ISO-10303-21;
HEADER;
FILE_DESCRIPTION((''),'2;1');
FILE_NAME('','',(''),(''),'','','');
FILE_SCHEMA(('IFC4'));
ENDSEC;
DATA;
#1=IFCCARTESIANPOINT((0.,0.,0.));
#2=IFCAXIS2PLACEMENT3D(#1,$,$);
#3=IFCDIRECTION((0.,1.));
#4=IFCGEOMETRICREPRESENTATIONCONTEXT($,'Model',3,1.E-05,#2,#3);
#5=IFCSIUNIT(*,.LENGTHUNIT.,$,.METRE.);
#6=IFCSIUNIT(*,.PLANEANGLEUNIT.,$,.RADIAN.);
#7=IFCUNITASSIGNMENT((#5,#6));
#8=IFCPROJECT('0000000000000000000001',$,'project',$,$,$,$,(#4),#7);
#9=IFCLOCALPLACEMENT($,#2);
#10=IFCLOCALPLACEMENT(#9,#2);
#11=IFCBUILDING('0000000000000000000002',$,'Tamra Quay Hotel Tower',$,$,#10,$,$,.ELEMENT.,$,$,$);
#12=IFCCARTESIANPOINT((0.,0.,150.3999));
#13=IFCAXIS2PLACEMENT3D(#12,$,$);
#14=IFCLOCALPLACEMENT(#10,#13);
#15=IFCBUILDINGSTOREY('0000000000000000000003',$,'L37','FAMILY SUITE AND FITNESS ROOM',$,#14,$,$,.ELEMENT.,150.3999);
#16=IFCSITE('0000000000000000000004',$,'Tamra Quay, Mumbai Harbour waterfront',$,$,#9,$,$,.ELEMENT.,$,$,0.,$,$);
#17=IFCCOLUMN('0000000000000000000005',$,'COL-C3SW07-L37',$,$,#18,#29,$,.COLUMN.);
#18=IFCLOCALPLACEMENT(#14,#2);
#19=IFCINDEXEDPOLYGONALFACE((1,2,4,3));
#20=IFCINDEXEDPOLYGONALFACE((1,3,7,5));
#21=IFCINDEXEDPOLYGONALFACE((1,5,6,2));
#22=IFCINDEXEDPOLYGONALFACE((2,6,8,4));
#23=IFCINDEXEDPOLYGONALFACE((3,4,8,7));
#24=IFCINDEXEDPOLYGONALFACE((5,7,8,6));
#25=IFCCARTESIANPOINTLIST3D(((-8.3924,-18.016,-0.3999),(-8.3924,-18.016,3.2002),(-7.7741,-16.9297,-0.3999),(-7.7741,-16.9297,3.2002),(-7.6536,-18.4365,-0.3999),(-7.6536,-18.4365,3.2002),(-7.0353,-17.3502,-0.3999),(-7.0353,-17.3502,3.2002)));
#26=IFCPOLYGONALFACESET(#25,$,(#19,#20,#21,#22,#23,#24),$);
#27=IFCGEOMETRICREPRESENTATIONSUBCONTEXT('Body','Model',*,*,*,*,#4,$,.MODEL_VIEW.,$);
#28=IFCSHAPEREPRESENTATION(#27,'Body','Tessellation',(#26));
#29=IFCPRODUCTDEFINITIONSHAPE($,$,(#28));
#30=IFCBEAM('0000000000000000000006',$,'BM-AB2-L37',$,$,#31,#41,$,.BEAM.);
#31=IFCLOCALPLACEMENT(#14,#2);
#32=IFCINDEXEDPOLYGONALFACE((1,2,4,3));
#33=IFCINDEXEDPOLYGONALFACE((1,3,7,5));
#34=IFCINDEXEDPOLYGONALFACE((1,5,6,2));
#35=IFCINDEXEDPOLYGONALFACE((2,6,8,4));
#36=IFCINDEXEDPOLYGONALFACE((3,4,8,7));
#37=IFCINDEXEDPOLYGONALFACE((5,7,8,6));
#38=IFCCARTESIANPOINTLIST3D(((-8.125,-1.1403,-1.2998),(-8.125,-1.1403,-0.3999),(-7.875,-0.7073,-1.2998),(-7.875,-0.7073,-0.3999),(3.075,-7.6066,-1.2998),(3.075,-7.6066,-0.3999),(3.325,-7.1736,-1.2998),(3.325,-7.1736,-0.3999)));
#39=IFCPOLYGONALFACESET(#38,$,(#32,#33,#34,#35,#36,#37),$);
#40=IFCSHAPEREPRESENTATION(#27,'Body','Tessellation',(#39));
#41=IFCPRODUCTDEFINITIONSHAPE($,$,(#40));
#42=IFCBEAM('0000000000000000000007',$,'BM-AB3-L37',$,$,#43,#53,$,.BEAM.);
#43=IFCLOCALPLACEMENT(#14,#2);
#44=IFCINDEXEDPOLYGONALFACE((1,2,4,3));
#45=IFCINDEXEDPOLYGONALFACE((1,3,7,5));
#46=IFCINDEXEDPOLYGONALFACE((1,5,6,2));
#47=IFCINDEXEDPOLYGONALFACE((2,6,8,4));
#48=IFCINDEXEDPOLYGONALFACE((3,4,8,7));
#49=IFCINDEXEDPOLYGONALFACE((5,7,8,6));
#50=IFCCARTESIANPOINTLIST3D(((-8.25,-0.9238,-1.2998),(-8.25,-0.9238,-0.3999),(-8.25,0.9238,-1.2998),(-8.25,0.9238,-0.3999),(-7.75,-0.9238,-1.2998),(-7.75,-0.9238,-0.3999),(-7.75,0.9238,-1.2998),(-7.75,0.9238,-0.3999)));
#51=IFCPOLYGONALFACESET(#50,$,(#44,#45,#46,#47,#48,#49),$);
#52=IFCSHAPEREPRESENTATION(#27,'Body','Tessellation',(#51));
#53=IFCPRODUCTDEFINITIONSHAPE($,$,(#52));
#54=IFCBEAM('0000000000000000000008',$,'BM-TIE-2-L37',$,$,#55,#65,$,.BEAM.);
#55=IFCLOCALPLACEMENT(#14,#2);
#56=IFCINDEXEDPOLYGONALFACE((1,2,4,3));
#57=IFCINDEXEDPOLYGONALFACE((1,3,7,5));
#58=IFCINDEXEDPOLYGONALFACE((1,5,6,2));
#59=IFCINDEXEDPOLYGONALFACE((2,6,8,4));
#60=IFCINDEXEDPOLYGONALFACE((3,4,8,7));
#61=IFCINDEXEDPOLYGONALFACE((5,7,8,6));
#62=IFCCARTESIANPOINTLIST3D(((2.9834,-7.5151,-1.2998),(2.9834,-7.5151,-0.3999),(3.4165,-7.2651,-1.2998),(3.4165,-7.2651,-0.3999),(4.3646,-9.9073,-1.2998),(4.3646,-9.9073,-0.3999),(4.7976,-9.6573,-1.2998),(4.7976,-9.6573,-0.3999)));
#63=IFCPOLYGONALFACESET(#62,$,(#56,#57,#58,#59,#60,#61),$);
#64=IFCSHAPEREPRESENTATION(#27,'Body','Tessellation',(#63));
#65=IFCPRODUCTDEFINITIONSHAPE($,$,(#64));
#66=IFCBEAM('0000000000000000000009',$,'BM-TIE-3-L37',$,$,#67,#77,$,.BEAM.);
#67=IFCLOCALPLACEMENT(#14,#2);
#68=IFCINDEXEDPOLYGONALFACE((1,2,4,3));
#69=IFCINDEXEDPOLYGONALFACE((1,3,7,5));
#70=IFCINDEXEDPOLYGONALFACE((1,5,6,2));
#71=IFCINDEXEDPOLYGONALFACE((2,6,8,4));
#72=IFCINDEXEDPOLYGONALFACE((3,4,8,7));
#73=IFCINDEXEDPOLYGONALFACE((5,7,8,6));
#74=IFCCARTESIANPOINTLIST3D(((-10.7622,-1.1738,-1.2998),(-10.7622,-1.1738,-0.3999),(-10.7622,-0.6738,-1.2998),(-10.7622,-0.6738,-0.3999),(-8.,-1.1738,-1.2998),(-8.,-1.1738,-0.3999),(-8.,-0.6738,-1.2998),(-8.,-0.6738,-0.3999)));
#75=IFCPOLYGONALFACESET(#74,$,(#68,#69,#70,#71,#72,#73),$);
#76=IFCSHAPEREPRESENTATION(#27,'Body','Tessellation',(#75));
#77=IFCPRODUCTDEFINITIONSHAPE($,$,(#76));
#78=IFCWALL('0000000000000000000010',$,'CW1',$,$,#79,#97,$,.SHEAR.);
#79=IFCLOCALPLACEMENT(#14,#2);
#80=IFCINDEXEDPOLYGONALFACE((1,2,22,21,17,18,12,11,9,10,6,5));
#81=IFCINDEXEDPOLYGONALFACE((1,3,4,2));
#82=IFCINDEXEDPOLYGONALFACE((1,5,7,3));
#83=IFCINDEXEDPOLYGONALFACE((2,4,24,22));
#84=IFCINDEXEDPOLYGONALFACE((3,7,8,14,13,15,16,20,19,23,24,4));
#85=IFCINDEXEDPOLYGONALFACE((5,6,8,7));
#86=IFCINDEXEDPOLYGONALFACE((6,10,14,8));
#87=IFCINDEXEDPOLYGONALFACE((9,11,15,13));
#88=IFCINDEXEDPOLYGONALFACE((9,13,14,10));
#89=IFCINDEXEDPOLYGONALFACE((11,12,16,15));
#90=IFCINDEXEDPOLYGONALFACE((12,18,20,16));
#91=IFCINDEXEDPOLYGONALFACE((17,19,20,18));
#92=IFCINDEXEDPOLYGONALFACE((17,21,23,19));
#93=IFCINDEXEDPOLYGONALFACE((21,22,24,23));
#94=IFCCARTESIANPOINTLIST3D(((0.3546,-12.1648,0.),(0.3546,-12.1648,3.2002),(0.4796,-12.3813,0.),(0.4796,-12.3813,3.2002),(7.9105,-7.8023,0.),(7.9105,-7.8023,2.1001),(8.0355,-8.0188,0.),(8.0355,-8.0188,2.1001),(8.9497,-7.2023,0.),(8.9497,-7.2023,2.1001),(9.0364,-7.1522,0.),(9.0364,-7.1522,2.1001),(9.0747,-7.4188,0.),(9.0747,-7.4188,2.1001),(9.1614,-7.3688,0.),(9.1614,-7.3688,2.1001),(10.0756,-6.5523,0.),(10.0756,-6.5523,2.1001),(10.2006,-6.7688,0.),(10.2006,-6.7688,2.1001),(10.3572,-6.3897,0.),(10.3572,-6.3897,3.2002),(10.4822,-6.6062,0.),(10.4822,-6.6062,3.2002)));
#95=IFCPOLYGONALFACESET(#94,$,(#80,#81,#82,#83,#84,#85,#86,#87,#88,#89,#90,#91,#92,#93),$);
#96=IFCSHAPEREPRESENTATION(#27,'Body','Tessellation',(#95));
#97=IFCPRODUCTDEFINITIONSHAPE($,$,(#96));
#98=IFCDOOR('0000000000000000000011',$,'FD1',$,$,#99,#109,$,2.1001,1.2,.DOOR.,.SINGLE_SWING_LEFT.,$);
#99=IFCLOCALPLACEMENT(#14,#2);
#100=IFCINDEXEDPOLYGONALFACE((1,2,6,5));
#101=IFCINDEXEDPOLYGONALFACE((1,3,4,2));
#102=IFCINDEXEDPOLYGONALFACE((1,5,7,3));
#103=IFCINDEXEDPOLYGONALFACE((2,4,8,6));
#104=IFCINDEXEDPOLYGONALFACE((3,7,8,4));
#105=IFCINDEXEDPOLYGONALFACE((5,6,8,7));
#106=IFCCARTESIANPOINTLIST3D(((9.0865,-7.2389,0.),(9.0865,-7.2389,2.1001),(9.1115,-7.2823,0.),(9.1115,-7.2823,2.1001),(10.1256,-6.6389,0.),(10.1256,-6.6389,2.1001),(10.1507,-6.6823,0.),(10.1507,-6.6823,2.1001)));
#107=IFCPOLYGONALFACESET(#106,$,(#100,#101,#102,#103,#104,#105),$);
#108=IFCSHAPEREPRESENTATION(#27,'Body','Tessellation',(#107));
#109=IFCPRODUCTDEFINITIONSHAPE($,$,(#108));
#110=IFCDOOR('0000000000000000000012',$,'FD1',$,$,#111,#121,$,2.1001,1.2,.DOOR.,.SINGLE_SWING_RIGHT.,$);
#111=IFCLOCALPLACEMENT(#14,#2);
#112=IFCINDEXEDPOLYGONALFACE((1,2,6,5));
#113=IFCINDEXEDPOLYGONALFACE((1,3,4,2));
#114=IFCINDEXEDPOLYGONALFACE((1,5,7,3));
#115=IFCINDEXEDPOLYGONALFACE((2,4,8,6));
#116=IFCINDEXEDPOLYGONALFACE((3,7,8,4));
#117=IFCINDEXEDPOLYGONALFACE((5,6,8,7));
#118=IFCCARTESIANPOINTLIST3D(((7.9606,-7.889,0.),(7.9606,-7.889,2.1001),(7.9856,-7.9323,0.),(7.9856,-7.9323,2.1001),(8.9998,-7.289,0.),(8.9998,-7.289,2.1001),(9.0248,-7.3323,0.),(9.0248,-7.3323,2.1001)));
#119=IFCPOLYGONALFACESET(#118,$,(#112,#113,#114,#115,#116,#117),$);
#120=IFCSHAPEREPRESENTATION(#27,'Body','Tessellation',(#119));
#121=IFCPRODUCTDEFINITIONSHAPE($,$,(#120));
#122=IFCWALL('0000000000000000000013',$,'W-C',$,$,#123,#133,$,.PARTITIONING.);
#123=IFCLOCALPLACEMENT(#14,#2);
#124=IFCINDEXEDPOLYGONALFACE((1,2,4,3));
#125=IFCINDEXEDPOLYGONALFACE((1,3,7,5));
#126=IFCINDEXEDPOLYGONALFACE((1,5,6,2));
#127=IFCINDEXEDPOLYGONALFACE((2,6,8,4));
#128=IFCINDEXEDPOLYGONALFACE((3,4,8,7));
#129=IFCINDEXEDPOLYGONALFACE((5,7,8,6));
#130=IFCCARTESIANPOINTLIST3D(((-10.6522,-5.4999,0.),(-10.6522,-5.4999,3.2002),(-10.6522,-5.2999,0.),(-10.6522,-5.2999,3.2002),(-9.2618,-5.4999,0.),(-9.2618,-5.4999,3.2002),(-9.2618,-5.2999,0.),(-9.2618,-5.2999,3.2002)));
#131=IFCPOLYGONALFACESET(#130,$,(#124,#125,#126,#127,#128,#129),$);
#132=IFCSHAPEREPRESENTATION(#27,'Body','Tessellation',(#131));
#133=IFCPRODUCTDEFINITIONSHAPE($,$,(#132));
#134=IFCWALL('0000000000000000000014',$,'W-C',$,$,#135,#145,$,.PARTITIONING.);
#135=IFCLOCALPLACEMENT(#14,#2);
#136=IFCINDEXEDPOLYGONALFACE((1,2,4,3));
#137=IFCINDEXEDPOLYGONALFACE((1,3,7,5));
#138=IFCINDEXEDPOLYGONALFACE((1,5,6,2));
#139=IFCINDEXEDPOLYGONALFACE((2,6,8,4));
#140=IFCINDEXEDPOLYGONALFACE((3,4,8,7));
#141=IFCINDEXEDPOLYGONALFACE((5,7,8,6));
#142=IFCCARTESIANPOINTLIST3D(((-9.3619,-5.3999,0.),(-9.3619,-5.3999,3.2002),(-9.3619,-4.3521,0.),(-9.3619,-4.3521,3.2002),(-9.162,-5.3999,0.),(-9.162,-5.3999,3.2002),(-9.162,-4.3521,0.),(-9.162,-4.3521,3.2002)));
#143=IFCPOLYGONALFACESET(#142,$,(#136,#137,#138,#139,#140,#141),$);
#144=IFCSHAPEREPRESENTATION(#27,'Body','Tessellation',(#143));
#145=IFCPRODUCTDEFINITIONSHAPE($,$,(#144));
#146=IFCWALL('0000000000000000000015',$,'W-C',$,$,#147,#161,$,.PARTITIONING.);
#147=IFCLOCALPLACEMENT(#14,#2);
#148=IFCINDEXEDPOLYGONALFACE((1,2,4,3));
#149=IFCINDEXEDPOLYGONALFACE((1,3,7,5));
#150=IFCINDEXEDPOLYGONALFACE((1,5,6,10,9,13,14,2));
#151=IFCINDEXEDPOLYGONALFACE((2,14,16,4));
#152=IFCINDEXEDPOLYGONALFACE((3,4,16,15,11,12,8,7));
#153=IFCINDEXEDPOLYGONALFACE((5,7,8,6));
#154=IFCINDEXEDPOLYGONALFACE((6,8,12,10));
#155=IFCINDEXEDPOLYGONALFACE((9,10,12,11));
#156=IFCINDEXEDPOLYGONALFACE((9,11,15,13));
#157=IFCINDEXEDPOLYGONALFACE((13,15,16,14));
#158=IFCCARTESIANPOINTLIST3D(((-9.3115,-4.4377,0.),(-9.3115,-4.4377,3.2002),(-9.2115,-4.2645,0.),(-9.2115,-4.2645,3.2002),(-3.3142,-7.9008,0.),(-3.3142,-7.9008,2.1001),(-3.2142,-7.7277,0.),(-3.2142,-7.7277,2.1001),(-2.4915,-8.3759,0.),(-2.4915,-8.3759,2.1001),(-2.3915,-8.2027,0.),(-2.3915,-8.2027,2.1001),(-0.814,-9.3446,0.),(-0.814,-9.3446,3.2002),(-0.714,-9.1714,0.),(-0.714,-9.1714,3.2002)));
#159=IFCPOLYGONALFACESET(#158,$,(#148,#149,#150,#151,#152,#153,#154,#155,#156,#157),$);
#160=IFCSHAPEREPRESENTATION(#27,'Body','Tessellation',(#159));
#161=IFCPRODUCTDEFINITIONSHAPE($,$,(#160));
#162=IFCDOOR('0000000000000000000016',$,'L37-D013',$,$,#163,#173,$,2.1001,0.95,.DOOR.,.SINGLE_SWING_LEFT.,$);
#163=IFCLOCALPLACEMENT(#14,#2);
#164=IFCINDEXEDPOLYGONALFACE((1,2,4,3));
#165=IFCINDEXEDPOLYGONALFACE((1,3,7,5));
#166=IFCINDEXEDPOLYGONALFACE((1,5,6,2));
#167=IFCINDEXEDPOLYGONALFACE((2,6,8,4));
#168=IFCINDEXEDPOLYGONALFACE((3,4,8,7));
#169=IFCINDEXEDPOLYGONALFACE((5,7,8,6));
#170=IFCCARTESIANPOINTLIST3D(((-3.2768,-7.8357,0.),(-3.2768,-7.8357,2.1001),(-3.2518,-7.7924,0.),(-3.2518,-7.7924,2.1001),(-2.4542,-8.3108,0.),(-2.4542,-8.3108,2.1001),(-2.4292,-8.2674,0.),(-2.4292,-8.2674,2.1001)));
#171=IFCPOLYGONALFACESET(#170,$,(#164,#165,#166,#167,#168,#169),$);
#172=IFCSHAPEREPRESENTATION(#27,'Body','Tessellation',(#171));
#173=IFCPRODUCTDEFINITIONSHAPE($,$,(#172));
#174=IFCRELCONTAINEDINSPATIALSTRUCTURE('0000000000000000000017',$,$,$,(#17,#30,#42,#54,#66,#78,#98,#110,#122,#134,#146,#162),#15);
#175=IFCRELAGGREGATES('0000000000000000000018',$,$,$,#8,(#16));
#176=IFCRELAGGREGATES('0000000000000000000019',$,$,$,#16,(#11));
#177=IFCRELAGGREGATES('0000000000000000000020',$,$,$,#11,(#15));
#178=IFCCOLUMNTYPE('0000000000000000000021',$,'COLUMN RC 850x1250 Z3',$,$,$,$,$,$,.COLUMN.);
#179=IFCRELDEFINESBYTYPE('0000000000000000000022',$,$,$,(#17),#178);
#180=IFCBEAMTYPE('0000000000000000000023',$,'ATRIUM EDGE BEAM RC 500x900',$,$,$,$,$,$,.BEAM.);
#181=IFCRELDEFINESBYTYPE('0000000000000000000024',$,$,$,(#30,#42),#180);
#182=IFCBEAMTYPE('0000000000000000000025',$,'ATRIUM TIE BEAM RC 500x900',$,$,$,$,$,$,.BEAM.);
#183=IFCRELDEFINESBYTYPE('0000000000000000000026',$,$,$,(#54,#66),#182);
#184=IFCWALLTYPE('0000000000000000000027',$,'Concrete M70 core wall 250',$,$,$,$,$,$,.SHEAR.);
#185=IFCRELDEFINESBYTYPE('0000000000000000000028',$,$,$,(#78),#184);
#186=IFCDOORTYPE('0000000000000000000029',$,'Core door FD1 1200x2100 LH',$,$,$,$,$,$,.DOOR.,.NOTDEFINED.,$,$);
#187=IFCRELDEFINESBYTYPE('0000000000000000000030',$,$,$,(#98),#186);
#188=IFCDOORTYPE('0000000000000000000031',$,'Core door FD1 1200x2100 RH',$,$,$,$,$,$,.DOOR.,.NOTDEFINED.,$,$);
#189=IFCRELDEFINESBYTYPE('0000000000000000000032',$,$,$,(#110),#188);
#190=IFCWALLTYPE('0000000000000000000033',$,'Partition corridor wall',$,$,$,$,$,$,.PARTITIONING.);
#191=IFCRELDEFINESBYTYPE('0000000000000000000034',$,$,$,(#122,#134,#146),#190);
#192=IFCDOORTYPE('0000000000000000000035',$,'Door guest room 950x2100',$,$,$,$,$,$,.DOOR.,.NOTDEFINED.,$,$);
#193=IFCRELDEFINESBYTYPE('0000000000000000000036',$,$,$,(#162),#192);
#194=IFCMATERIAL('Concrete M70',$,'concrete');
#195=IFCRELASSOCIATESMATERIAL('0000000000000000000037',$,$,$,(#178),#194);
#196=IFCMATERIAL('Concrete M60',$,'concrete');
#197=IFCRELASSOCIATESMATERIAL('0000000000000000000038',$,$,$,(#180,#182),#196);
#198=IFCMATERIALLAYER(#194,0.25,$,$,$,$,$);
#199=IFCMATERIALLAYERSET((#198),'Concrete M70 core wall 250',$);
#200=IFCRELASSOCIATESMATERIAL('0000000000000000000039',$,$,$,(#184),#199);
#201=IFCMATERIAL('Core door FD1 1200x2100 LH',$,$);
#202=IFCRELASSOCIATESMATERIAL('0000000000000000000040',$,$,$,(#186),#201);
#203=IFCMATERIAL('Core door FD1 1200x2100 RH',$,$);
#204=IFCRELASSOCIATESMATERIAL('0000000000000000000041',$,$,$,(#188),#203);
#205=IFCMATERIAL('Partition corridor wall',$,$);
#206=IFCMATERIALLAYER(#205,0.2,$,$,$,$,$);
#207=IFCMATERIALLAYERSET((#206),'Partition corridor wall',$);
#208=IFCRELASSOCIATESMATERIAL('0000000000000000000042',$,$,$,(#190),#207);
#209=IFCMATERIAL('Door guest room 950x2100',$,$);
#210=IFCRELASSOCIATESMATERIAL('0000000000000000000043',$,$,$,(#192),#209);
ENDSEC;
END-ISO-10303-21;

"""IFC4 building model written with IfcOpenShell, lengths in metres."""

from ifc_helpers import new_model, si_unit, direction, frame, frame_2d, origin, origin_2d, place, context, subcontext, project, spatial, rectangle, extrude, material, layer, layer_set, material_profile, profile_set, type_object, element, fill, save


model = new_model("IFC4")

# Units and contexts
model_context = context("Model", 3, precision=1e-05, world=origin(), true_north=direction((0.0, 1.0)))
body_context = subcontext(model_context, "Body", "Model", "MODEL_VIEW")
ifc_project = project(units=[si_unit("LENGTHUNIT", "METRE"), si_unit("PLANEANGLEUNIT", "RADIAN")], contexts=[model_context])

# Site, building, storey
site_placement = place(None, origin())
site = spatial("IfcSite", under=ifc_project, at=site_placement, Name="Tamra Quay, Mumbai Harbour waterfront", CompositionType="ELEMENT", RefElevation=0.0)
building_placement = place(site_placement, origin())
building = spatial("IfcBuilding", under=site, at=building_placement, Name="Tamra Quay Hotel Tower", CompositionType="ELEMENT")
storey_placement = place(building_placement, frame((0.0, 0.0, 150.3999)))
storey = spatial("IfcBuildingStorey", under=building, at=storey_placement, Name="L37", Description="FAMILY SUITE AND FITNESS ROOM", CompositionType="ELEMENT", Elevation=150.3999)

# Column
ifc_material_1 = material(Name="Concrete M70", Category="concrete")
ifc_material_profile_1 = material_profile(ifc_material_1, rectangle(XDim=1.25, YDim=0.8501, at=origin_2d()), Name="COLUMN RC 850x1250 Z3")
ifc_profile_set_1 = profile_set([ifc_material_profile_1], Name="Concrete M70")
column_type = type_object("IfcColumnType", Name="COLUMN RC 850x1250 Z3", PredefinedType="COLUMN", material=ifc_profile_set_1)
column_placement = place(storey_placement, frame((-7.7139, -17.6831, -0.3999), z_axis=(0.0, 0.0, 1.0), x_axis=(0.494656, 0.869089, 0.0)))
element("IfcColumn", 1, at=column_placement, inside=storey, type_object=column_type, Name="COL-C3SW07-L37", PredefinedType="COLUMN", context=body_context, shape_type="SweptSolid", body=[
    extrude(rectangle(XDim=1.25, YDim=0.8501, at=origin_2d()), origin(), (0.0, 0.0, 1.0), 3.6001),
])

# Beams
ifc_material_2 = material(Name="Concrete M60", Category="concrete")
ifc_material_profile_2 = material_profile(ifc_material_2, rectangle(XDim=0.5, YDim=0.8999, at=origin_2d()), Name="ATRIUM EDGE BEAM RC 500x900")
ifc_profile_set_2 = profile_set([ifc_material_profile_2], Name="Concrete M60")
beam_type_1 = type_object("IfcBeamType", Name="ATRIUM EDGE BEAM RC 500x900", PredefinedType="BEAM", material=ifc_profile_set_2)
beam_1_placement = place(storey_placement, frame((3.2, -7.3901, -0.8499), z_axis=(-0.866025, 0.500001, 0.0), x_axis=(-0.500001, -0.866025, 0.0)))
element("IfcBeam", 2, at=beam_1_placement, inside=storey, type_object=beam_type_1, Name="BM-AB2-L37", PredefinedType="BEAM", context=body_context, shape_type="SweptSolid", body=[
    extrude(rectangle(XDim=0.5, YDim=0.8999, at=origin_2d()), origin(), (0.0, 0.0, 1.0), 12.9326),
])
beam_2_placement = place(storey_placement, frame((-8.0, -0.9238, -0.8499), z_axis=(0.0, 1.0, 0.0), x_axis=(-1.0, 0.0, 0.0)))
element("IfcBeam", 3, at=beam_2_placement, inside=storey, type_object=beam_type_1, Name="BM-AB3-L37", PredefinedType="BEAM", context=body_context, shape_type="SweptSolid", body=[
    extrude(rectangle(XDim=0.5, YDim=0.8999, at=origin_2d()), origin(), (0.0, 0.0, 1.0), 1.8477),
])
ifc_material_profile_3 = material_profile(ifc_material_2, rectangle(XDim=0.5, YDim=0.8999, at=origin_2d()), Name="ATRIUM TIE BEAM RC 500x900")
ifc_profile_set_3 = profile_set([ifc_material_profile_3], Name="Concrete M60")
beam_type_2 = type_object("IfcBeamType", Name="ATRIUM TIE BEAM RC 500x900", PredefinedType="BEAM", material=ifc_profile_set_3)
for number, where, z_axis, x_axis, name in (
    (4, (3.2, -7.3901, -0.8499), (0.500008, -0.866021, 0.0), (0.866021, 0.500008, 0.0), "BM-TIE-2-L37"),
    (5, (-8.0, -0.9238, -0.8499), (-1.0, 0.0, 0.0), (0.0, -1.0, 0.0), "BM-TIE-3-L37"),
):
    element("IfcBeam", number, at=place(storey_placement, frame(where, z_axis=z_axis, x_axis=x_axis)), inside=storey, type_object=beam_type_2, Name=name, PredefinedType="BEAM", context=body_context, shape_type="SweptSolid", body=[
        extrude(rectangle(XDim=0.5, YDim=0.8999, at=origin_2d()), origin(), (0.0, 0.0, 1.0), 2.7622),
    ])

# Wall, openings, doors
ifc_layer_1 = layer(ifc_material_1, 0.25)
ifc_layer_set_1 = layer_set([ifc_layer_1], Name="Concrete M70 core wall 250")
wall_type_1 = type_object("IfcWallType", Name="Concrete M70 core wall 250", PredefinedType="SHEAR", material=ifc_layer_set_1)
wall_1_placement = place(storey_placement, frame((0.4172, -12.2729, 0.0), z_axis=(0.0, 0.0, 1.0), x_axis=(0.866022, 0.500006, 0.0)))
wall_1 = element("IfcWall", 6, at=wall_1_placement, inside=storey, type_object=wall_type_1, Name="CW1", PredefinedType="SHEAR", context=body_context, shape_type="SweptSolid", body=[
    extrude(rectangle(XDim=11.55, YDim=0.25, at=frame_2d((5.7749, 0.0))), origin(), (0.0, 0.0, 1.0), 3.2002),
])
opening_1_placement = place(wall_1_placement, frame((10.0247, 0.0, 0.0)))
opening_1 = element("IfcOpeningElement", 7, at=opening_1_placement, cuts=wall_1, PredefinedType="OPENING", context=body_context, shape_type="SweptSolid", body=[
    extrude(rectangle(XDim=1.2, YDim=2.1001, at=frame_2d((0.6001, 1.05))), frame((0.0, 0.135, 0.0), z_axis=(0.0, -1.0, 0.0), x_axis=(1.0, 0.0, 0.0)), (0.0, 0.0, 1.0), 0.27),
])
opening_2_placement = place(wall_1_placement, frame((8.7246, 0.0, 0.0)))
opening_2 = element("IfcOpeningElement", 8, at=opening_2_placement, cuts=wall_1, PredefinedType="OPENING", context=body_context, shape_type="SweptSolid", body=[
    extrude(rectangle(XDim=1.2, YDim=2.1001, at=frame_2d((0.6001, 1.05))), frame((0.0, 0.135, 0.0), z_axis=(0.0, -1.0, 0.0), x_axis=(1.0, 0.0, 0.0)), (0.0, 0.0, 1.0), 0.27),
])
ifc_material_3 = material(Name="Core door FD1 1200x2100 LH")
door_type_1 = type_object("IfcDoorType", Name="Core door FD1 1200x2100 LH", OperationType="NOTDEFINED", PredefinedType="DOOR", material=ifc_material_3)
door_1_placement = place(opening_1_placement, origin())
door_1 = element("IfcDoor", 9, at=door_1_placement, inside=storey, type_object=door_type_1, Name="FD1", OperationType="SINGLE_SWING_LEFT", OverallHeight=2.1001, OverallWidth=1.2, PredefinedType="DOOR", context=body_context, shape_type="SweptSolid", body=[
    extrude(rectangle(XDim=1.2, YDim=2.1001, at=frame_2d((0.6001, 1.05))), frame((0.0, 0.0249, 0.0), z_axis=(0.0, -1.0, 0.0), x_axis=(1.0, 0.0, 0.0)), (0.0, 0.0, 1.0), 0.05),
])
fill(opening_1, door_1)
ifc_material_4 = material(Name="Core door FD1 1200x2100 RH")
door_type_2 = type_object("IfcDoorType", Name="Core door FD1 1200x2100 RH", OperationType="NOTDEFINED", PredefinedType="DOOR", material=ifc_material_4)
door_2_placement = place(opening_2_placement, origin())
door_2 = element("IfcDoor", 10, at=door_2_placement, inside=storey, type_object=door_type_2, Name="FD1", OperationType="SINGLE_SWING_RIGHT", OverallHeight=2.1001, OverallWidth=1.2, PredefinedType="DOOR", context=body_context, shape_type="SweptSolid", body=[
    extrude(rectangle(XDim=1.2, YDim=2.1001, at=frame_2d((0.6001, 1.05))), frame((0.0, 0.0249, 0.0), z_axis=(0.0, -1.0, 0.0), x_axis=(1.0, 0.0, 0.0)), (0.0, 0.0, 1.0), 0.05),
])
fill(opening_2, door_2)

# Walls
ifc_material_5 = material(Name="Partition corridor wall")
ifc_layer_2 = layer(ifc_material_5, 0.2)
ifc_layer_set_2 = layer_set([ifc_layer_2], Name="Partition corridor wall")
wall_type_2 = type_object("IfcWallType", Name="Partition corridor wall", PredefinedType="PARTITIONING", material=ifc_layer_set_2)
wall_2_placement = place(storey_placement, frame((-10.6523, -5.3999, 0.0), z_axis=(0.0, 0.0, 1.0), x_axis=(1.0, 0.0, 0.0)))
element("IfcWall", 11, at=wall_2_placement, inside=storey, type_object=wall_type_2, Name="W-C", PredefinedType="PARTITIONING", context=body_context, shape_type="SweptSolid", body=[
    extrude(rectangle(XDim=1.3904, YDim=0.2, at=frame_2d((0.6953, 0.0))), origin(), (0.0, 0.0, 1.0), 3.2002),
])
wall_3_placement = place(storey_placement, frame((-9.262, -5.3999, 0.0), z_axis=(0.0, 0.0, 1.0), x_axis=(0.0, 1.0, 0.0)))
element("IfcWall", 12, at=wall_3_placement, inside=storey, type_object=wall_type_2, Name="W-C", PredefinedType="PARTITIONING", context=body_context, shape_type="SweptSolid", body=[
    extrude(rectangle(XDim=1.0479, YDim=0.2, at=frame_2d((0.5239, 0.0))), origin(), (0.0, 0.0, 1.0), 3.2002),
])

# Wall, opening, door
wall_4_placement = place(storey_placement, frame((-9.2615, -4.3511, 0.0), z_axis=(0.0, 0.0, 1.0), x_axis=(0.865985, -0.50007, 0.0)))
wall_4 = element("IfcWall", 13, at=wall_4_placement, inside=storey, type_object=wall_type_2, Name="W-C", PredefinedType="PARTITIONING", context=body_context, shape_type="SweptSolid", body=[
    extrude(rectangle(XDim=9.8125, YDim=0.2, at=frame_2d((4.9062, 0.0))), origin(), (0.0, 0.0, 1.0), 3.2002),
])
opening_3_placement = place(wall_4_placement, frame((6.9253, 0.0, 0.0)))
opening_3 = element("IfcOpeningElement", 14, at=opening_3_placement, cuts=wall_4, PredefinedType="OPENING", context=body_context, shape_type="SweptSolid", body=[
    extrude(rectangle(XDim=0.95, YDim=2.1001, at=frame_2d((0.4751, 1.05))), frame((0.0, 0.1099, 0.0), z_axis=(0.0, -1.0, 0.0), x_axis=(1.0, 0.0, 0.0)), (0.0, 0.0, 1.0), 0.22),
])
ifc_material_6 = material(Name="Door guest room 950x2100")
door_type_3 = type_object("IfcDoorType", Name="Door guest room 950x2100", OperationType="NOTDEFINED", PredefinedType="DOOR", material=ifc_material_6)
door_3_placement = place(opening_3_placement, frame((0.95, 0.0, 0.0), z_axis=(0.0, 0.0, 1.0), x_axis=(-1.0, 0.0, 0.0)))
door_3 = element("IfcDoor", 15, at=door_3_placement, inside=storey, type_object=door_type_3, Name="L37-D013", OperationType="SINGLE_SWING_LEFT", OverallHeight=2.1001, OverallWidth=0.95, PredefinedType="DOOR", context=body_context, shape_type="SweptSolid", body=[
    extrude(rectangle(XDim=0.95, YDim=2.1001, at=frame_2d((0.4751, 1.05))), frame((0.0, 0.0249, 0.0), z_axis=(0.0, -1.0, 0.0), x_axis=(1.0, 0.0, 0.0)), (0.0, 0.0, 1.0), 0.05),
])
fill(opening_3, door_3)

save(model, "model.ifc")
